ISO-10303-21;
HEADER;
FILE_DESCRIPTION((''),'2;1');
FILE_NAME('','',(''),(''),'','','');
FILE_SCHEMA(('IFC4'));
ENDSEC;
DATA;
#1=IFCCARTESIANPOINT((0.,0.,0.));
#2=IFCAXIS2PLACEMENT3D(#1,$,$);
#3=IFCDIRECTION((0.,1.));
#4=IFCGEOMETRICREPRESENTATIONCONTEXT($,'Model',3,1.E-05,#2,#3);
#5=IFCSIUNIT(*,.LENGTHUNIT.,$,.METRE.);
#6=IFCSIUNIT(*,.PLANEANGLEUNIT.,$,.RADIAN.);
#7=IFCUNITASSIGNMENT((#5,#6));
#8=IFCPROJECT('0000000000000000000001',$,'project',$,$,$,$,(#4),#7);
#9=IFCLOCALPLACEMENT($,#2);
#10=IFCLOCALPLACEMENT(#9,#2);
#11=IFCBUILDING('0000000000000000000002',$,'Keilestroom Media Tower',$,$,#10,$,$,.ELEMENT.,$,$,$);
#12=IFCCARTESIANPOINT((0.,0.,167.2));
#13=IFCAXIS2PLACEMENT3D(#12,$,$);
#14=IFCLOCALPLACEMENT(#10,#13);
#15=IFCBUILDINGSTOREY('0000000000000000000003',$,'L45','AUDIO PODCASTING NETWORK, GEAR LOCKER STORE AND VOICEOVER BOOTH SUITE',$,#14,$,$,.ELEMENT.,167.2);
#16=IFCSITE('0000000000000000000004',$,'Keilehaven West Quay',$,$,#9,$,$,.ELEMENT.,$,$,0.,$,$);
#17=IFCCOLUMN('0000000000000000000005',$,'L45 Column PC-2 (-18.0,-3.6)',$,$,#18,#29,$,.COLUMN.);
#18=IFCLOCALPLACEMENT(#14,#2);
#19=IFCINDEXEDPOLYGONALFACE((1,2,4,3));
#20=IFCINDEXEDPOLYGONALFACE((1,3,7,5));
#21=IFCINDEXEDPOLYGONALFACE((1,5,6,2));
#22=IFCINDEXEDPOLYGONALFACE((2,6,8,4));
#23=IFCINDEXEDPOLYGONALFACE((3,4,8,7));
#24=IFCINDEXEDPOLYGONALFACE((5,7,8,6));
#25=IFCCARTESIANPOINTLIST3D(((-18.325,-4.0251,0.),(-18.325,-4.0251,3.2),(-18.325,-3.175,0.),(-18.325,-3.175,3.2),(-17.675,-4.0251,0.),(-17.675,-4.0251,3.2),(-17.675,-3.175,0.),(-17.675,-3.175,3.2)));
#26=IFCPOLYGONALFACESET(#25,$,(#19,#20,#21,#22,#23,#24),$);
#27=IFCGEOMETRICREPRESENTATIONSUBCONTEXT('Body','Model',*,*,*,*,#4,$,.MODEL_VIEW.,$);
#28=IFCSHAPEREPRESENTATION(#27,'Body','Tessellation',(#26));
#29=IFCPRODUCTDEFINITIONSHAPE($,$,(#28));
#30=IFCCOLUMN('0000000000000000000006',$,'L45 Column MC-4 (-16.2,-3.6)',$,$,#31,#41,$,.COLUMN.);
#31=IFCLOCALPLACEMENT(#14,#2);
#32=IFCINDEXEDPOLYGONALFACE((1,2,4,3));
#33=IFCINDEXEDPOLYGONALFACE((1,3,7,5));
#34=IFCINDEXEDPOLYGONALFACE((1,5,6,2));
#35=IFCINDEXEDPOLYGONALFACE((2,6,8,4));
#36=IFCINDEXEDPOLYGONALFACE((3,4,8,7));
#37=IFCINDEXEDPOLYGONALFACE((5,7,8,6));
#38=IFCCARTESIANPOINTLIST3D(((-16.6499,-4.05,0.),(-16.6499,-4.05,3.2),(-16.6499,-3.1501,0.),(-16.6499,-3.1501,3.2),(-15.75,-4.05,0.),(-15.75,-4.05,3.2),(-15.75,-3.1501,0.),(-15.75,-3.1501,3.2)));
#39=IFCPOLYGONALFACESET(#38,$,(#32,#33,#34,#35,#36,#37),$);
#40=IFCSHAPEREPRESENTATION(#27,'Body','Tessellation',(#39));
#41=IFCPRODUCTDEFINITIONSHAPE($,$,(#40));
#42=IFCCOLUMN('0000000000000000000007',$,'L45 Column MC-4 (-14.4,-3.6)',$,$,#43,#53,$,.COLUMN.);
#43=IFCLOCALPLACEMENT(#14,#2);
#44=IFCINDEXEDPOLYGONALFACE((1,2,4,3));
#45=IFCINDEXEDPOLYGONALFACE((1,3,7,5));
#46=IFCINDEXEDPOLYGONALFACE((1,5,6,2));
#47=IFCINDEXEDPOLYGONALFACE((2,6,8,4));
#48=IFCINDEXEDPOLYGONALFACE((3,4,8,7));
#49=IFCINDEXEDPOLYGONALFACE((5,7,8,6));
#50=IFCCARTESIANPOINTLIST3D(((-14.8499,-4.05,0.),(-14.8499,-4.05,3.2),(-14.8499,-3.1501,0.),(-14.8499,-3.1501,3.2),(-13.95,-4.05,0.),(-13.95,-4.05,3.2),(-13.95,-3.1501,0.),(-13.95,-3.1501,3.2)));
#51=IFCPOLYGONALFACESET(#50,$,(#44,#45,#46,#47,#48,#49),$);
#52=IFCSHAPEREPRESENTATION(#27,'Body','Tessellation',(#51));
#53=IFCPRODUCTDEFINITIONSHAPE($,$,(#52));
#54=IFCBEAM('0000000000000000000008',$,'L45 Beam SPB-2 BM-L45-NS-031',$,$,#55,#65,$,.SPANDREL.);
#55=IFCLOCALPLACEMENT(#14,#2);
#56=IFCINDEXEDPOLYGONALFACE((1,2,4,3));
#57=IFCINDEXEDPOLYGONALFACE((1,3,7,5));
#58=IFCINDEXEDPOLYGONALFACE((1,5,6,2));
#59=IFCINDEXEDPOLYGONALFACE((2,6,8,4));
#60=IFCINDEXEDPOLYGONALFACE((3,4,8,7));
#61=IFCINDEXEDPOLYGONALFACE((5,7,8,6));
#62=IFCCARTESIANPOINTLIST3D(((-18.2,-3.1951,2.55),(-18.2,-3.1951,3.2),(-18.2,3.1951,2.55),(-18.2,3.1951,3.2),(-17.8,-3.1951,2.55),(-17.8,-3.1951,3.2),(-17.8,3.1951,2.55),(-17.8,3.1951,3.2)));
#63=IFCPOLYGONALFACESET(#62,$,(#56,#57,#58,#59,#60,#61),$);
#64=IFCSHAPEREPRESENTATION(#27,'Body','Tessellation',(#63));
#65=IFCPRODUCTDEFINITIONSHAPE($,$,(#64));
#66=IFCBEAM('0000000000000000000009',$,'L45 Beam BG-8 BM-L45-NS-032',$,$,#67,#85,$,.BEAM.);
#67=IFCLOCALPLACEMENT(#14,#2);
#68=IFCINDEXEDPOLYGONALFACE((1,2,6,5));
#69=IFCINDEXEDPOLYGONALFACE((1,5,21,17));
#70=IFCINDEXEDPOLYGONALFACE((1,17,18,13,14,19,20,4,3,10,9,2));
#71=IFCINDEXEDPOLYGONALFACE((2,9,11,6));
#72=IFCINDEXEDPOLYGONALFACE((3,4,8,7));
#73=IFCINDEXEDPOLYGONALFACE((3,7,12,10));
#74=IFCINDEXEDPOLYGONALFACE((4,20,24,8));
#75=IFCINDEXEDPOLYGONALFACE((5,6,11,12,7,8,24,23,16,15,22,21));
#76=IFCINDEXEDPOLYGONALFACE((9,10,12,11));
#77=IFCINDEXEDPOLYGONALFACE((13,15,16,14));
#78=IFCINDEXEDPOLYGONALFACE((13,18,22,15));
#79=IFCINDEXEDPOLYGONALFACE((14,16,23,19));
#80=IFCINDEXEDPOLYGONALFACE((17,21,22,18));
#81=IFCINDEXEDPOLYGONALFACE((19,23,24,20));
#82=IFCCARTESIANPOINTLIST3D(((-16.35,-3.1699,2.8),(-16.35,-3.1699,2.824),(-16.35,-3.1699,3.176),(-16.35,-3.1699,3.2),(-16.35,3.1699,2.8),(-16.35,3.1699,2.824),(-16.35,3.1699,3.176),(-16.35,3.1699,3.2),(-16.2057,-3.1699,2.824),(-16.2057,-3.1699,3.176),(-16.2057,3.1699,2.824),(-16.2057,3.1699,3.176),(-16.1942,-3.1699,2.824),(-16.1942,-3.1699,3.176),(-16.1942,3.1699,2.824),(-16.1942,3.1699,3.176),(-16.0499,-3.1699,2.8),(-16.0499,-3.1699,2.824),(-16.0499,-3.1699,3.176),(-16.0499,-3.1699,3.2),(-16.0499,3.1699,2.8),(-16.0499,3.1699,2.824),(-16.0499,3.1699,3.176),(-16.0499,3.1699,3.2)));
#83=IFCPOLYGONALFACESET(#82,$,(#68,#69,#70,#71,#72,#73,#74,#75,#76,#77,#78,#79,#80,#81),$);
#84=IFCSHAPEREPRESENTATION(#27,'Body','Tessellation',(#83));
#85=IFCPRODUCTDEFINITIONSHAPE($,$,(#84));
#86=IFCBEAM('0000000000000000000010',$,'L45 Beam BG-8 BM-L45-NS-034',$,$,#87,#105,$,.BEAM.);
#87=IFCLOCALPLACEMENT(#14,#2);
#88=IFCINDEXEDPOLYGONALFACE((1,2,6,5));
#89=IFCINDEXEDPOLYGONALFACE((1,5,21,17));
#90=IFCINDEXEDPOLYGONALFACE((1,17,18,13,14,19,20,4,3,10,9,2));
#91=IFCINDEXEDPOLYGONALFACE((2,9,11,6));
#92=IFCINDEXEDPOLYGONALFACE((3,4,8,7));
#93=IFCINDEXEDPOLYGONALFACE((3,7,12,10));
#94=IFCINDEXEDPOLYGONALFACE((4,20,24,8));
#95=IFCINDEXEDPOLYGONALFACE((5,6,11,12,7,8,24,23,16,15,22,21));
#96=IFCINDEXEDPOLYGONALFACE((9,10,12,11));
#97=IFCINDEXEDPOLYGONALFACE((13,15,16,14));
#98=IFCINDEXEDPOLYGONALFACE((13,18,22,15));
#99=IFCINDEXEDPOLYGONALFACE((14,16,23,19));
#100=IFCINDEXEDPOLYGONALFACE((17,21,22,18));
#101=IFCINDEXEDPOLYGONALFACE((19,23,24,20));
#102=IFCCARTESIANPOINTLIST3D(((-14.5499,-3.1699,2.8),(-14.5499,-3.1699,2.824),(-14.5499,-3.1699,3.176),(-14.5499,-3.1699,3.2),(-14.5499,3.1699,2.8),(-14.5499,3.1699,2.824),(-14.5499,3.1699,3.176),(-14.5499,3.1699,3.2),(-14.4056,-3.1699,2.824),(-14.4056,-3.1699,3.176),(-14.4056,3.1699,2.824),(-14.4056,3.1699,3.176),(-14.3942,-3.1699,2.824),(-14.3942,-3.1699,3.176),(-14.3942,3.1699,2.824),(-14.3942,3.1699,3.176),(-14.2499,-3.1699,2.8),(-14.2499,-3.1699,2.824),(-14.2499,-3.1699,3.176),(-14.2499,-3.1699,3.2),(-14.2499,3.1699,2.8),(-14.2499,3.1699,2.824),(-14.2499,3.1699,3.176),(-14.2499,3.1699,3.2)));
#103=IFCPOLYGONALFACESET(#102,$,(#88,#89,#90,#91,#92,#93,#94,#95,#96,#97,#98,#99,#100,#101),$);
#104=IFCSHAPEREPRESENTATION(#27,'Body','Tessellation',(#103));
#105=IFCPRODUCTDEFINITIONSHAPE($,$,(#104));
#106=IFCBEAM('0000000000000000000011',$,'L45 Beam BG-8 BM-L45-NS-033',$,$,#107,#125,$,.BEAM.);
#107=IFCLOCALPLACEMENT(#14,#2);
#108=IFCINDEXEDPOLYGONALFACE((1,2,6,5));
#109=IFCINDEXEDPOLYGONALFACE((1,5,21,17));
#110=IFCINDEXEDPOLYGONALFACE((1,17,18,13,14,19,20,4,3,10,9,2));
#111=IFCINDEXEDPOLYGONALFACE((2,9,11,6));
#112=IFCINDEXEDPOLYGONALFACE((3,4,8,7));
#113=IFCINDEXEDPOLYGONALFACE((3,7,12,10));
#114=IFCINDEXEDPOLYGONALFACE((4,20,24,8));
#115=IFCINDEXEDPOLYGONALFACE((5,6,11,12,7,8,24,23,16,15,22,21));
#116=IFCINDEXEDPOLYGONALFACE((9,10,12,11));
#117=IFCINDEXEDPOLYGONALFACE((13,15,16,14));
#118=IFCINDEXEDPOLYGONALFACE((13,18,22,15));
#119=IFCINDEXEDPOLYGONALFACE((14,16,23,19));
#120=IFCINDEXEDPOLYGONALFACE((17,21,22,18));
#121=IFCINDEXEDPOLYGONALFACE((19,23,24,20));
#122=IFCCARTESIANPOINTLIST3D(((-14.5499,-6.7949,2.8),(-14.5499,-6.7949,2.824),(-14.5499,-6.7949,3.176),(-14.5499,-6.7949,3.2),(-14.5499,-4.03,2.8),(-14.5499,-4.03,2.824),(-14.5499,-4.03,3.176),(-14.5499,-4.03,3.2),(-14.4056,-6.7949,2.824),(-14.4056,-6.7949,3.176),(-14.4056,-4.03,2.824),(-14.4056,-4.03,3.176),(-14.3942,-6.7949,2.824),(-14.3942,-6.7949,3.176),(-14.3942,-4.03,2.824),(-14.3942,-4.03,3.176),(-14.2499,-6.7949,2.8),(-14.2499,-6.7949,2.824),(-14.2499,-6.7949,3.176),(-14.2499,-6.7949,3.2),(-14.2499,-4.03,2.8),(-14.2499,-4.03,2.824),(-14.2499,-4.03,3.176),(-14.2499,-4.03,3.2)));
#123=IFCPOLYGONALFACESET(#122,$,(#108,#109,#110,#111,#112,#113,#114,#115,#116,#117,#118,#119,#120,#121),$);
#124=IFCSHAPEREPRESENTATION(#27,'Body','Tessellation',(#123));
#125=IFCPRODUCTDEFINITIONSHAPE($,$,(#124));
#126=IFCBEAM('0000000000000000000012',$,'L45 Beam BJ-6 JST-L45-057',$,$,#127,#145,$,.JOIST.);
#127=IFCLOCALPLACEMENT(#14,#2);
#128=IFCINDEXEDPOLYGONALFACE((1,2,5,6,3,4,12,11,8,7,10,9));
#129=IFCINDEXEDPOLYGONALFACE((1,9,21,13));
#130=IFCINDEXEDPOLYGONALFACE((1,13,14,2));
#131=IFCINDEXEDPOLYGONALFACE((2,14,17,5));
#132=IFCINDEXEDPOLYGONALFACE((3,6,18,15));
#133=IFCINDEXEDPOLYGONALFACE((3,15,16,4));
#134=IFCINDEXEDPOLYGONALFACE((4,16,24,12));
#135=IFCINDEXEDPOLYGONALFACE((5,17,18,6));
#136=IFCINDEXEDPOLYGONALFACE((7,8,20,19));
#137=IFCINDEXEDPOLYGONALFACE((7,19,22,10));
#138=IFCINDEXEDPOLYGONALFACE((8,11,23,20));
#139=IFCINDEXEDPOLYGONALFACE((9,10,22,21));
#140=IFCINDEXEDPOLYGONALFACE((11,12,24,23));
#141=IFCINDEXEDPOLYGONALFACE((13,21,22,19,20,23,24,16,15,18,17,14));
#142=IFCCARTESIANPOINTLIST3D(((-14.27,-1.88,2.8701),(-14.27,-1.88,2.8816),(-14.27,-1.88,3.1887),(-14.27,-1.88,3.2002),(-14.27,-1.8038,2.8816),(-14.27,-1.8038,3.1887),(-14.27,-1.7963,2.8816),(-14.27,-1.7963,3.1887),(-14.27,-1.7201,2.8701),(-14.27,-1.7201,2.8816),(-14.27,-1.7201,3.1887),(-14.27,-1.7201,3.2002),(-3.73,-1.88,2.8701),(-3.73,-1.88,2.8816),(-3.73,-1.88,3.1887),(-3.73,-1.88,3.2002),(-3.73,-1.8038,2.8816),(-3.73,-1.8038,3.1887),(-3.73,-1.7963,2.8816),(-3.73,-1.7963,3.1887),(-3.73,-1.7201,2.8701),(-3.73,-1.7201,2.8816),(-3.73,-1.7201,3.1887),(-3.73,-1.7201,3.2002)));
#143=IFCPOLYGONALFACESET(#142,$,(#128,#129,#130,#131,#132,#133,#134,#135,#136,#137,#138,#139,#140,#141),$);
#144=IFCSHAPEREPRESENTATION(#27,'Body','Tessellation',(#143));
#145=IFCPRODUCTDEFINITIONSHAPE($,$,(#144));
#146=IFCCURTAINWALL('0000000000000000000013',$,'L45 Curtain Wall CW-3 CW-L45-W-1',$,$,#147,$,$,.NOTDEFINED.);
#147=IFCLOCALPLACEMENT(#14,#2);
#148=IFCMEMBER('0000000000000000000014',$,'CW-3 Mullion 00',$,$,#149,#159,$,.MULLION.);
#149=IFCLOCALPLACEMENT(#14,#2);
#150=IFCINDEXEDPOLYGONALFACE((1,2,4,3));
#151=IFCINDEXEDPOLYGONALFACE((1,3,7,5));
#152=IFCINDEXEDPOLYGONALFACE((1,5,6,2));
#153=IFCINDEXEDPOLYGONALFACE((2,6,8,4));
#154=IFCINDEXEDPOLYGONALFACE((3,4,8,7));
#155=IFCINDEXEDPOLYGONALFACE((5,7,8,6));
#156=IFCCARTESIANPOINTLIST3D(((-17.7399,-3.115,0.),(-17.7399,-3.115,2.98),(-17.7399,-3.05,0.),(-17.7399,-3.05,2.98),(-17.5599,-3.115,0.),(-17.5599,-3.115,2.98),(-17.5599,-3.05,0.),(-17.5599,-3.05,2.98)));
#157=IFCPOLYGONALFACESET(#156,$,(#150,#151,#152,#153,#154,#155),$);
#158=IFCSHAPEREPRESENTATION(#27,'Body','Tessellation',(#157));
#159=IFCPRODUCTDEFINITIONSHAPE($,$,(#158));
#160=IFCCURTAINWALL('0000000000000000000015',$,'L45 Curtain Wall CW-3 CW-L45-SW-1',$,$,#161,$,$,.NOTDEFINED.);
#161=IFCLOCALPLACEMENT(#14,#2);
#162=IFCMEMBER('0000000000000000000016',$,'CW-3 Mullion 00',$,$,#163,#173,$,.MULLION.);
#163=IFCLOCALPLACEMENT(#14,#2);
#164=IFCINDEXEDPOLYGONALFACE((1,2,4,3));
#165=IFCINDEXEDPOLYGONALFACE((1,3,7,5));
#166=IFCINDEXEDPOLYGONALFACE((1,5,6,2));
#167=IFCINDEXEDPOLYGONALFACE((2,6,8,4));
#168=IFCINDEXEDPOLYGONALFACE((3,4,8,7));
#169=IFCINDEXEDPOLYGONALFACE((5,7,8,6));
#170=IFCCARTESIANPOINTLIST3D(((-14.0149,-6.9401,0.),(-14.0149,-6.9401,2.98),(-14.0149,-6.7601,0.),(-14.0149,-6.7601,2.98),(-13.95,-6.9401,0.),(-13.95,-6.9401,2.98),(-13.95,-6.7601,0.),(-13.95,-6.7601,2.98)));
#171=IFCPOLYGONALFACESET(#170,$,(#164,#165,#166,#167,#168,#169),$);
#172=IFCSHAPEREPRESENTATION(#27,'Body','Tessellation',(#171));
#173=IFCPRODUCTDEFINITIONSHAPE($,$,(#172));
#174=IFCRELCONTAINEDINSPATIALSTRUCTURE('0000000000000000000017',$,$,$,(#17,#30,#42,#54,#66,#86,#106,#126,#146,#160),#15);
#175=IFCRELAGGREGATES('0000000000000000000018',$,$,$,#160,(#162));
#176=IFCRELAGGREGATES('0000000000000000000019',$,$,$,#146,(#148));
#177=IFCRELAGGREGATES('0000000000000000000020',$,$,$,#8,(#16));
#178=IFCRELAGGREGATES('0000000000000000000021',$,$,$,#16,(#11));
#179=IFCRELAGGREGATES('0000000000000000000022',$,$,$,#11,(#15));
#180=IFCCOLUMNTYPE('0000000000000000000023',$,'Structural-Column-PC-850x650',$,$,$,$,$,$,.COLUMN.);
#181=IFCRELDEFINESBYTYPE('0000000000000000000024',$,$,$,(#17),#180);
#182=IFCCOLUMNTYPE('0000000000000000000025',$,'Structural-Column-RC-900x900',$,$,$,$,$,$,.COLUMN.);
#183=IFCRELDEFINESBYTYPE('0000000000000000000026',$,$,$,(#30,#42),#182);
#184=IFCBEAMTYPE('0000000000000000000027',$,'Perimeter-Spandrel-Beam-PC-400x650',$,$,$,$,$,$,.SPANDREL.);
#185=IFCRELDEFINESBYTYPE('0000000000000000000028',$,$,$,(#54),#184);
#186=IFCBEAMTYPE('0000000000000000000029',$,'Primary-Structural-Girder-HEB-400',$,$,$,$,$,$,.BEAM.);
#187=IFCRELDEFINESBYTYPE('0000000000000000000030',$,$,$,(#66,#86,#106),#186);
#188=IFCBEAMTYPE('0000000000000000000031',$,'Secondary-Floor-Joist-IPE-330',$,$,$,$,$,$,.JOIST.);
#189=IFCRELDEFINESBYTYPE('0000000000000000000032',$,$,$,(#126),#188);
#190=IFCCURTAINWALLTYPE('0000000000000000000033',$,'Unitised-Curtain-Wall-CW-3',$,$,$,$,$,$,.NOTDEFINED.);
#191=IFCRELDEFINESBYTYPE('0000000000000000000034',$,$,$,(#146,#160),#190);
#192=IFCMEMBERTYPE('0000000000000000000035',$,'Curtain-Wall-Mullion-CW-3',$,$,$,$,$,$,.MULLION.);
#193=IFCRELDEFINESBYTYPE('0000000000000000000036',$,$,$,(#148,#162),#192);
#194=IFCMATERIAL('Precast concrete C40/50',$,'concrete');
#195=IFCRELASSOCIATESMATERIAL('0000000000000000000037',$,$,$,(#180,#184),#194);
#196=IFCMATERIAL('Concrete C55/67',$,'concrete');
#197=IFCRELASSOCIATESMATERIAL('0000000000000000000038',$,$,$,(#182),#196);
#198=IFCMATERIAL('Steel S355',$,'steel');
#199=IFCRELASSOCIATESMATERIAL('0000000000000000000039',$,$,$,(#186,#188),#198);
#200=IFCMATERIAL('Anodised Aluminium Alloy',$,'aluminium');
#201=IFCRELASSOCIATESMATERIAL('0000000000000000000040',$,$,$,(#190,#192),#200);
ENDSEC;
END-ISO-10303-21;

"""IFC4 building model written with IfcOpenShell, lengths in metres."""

from ifc_helpers import new_model, si_unit, direction, frame, origin, origin_2d, place, context, subcontext, project, spatial, rectangle, i_section, extrude, source, transform, mapped, material, material_profile, profile_set, type_object, element, aggregate, save


model = new_model("IFC4")

# Units and contexts
model_context = context("Model", 3, precision=1e-05, world=origin(), true_north=direction((0.0, 1.0)))
body_context = subcontext(model_context, "Body", "Model", "MODEL_VIEW")
ifc_project = project(units=[si_unit("LENGTHUNIT", "METRE"), si_unit("PLANEANGLEUNIT", "RADIAN")], contexts=[model_context])

# Site, building, storey
site_placement = place(None, origin())
site = spatial("IfcSite", under=ifc_project, at=site_placement, Name="Keilehaven West Quay", CompositionType="ELEMENT", RefElevation=0.0)
building_placement = place(site_placement, origin())
building = spatial("IfcBuilding", under=site, at=building_placement, Name="Keilestroom Media Tower", CompositionType="ELEMENT")
storey_placement = place(building_placement, frame((0.0, 0.0, 167.2)))
storey = spatial("IfcBuildingStorey", under=building, at=storey_placement, Name="L45", Description="AUDIO PODCASTING NETWORK, GEAR LOCKER STORE AND VOICEOVER BOOTH SUITE", CompositionType="ELEMENT", Elevation=167.2)

# Columns
ifc_material_1 = material(Name="Precast concrete C40/50", Category="concrete")
ifc_material_profile_1 = material_profile(ifc_material_1, rectangle(XDim=0.6499, YDim=0.8501, at=origin_2d()), Name="PC 850x650")
ifc_profile_set_1 = profile_set([ifc_material_profile_1], Name="Precast concrete C40/50")
column_type_1 = type_object("IfcColumnType", Name="Structural-Column-PC-850x650", PredefinedType="COLUMN", material=ifc_profile_set_1)
shared_shape_1 = source(origin(), body_context, "Body", "SweptSolid", [
    extrude(rectangle(XDim=0.6499, YDim=0.8501, at=origin_2d()), origin(), (0.0, 0.0, 1.0), 3.2),
])
column_placement = place(storey_placement, frame((-18.0, -3.6001, 0.0), z_axis=(0.0, 0.0, 1.0), x_axis=(1.0, 0.0, 0.0)))
element("IfcColumn", 1, at=column_placement, inside=storey, type_object=column_type_1, Name="L45 Column PC-2 (-18.0,-3.6)", PredefinedType="COLUMN", context=body_context, shape_type="MappedRepresentation", body=[
    mapped(shared_shape_1, transform((0.0, 0.0, 0.0), x_axis=(1.0, 0.0, 0.0), y_axis=(0.0, 1.0, 0.0), z_axis=(0.0, 0.0, 1.0), scale=1.0)),
])
ifc_material_2 = material(Name="Concrete C55/67", Category="concrete")
ifc_material_profile_2 = material_profile(ifc_material_2, rectangle(XDim=0.8999, YDim=0.8999, at=origin_2d()), Name="RC 900x900")
ifc_profile_set_2 = profile_set([ifc_material_profile_2], Name="Concrete C55/67")
column_type_2 = type_object("IfcColumnType", Name="Structural-Column-RC-900x900", PredefinedType="COLUMN", material=ifc_profile_set_2)
shared_shape_2 = source(origin(), body_context, "Body", "SweptSolid", [
    extrude(rectangle(XDim=0.8999, YDim=0.8999, at=origin_2d()), origin(), (0.0, 0.0, 1.0), 3.2),
])
for number, where, z_axis, x_axis, name in (
    (2, (-16.2, -3.6001, 0.0), (0.0, 0.0, 1.0), (1.0, 0.0, 0.0), "L45 Column MC-4 (-16.2,-3.6)"),
    (3, (-14.3999, -3.6001, 0.0), (0.0, 0.0, 1.0), (1.0, 0.0, 0.0), "L45 Column MC-4 (-14.4,-3.6)"),
):
    element("IfcColumn", number, at=place(storey_placement, frame(where, z_axis=z_axis, x_axis=x_axis)), inside=storey, type_object=column_type_2, Name=name, PredefinedType="COLUMN", context=body_context, shape_type="MappedRepresentation", body=[
        mapped(shared_shape_2, transform((0.0, 0.0, 0.0), x_axis=(1.0, 0.0, 0.0), y_axis=(0.0, 1.0, 0.0), z_axis=(0.0, 0.0, 1.0), scale=1.0)),
    ])

# Beams
ifc_material_profile_3 = material_profile(ifc_material_1, rectangle(XDim=0.3999, YDim=0.6499, at=origin_2d()), Name="PC 400x650")
ifc_profile_set_3 = profile_set([ifc_material_profile_3], Name="Precast concrete C40/50")
beam_type_1 = type_object("IfcBeamType", Name="Perimeter-Spandrel-Beam-PC-400x650", PredefinedType="SPANDREL", material=ifc_profile_set_3)
shared_shape_3 = source(origin(), body_context, "Body", "SweptSolid", [
    extrude(rectangle(XDim=0.3999, YDim=0.6499, at=origin_2d()), origin(), (0.0, 0.0, 1.0), 6.3901),
])
beam_1_placement = place(storey_placement, frame((-18.0, -3.1951, 2.875), z_axis=(0.0, 1.0, 0.0), x_axis=(-1.0, 0.0, 0.0)))
element("IfcBeam", 4, at=beam_1_placement, inside=storey, type_object=beam_type_1, Name="L45 Beam SPB-2 BM-L45-NS-031", PredefinedType="SPANDREL", context=body_context, shape_type="MappedRepresentation", body=[
    mapped(shared_shape_3, transform((0.0, 0.0, 0.0), x_axis=(1.0, 0.0, 0.0), y_axis=(0.0, 1.0, 0.0), z_axis=(0.0, 0.0, 1.0), scale=1.0)),
])
ifc_material_3 = material(Name="Steel S355", Category="steel")
ifc_material_profile_4 = material_profile(ifc_material_3, i_section(OverallWidth=0.3, OverallDepth=0.3999, WebThickness=0.0115, FlangeThickness=0.0239, at=origin_2d()), Name="HEB 400")
ifc_profile_set_4 = profile_set([ifc_material_profile_4], Name="Steel S355")
beam_type_2 = type_object("IfcBeamType", Name="Primary-Structural-Girder-HEB-400", PredefinedType="BEAM", material=ifc_profile_set_4)
shared_shape_4 = source(origin(), body_context, "Body", "SweptSolid", [
    extrude(i_section(OverallWidth=0.3, OverallDepth=0.3999, WebThickness=0.0115, FlangeThickness=0.0239, at=origin_2d()), origin(), (0.0, 0.0, 1.0), 6.3398),
])
for number, where, z_axis, x_axis, name in (
    (5, (-16.2, -3.1699, 3.0), (0.0, 1.0, 0.0), (-1.0, 0.0, 0.0), "L45 Beam BG-8 BM-L45-NS-032"),
    (6, (-14.3999, -3.1699, 3.0), (0.0, 1.0, 0.0), (-1.0, 0.0, 0.0), "L45 Beam BG-8 BM-L45-NS-034"),
):
    element("IfcBeam", number, at=place(storey_placement, frame(where, z_axis=z_axis, x_axis=x_axis)), inside=storey, type_object=beam_type_2, Name=name, PredefinedType="BEAM", context=body_context, shape_type="MappedRepresentation", body=[
        mapped(shared_shape_4, transform((0.0, 0.0, 0.0), x_axis=(1.0, 0.0, 0.0), y_axis=(0.0, 1.0, 0.0), z_axis=(0.0, 0.0, 1.0), scale=1.0)),
    ])
shared_shape_5 = source(origin(), body_context, "Body", "SweptSolid", [
    extrude(i_section(OverallWidth=0.3, OverallDepth=0.3999, WebThickness=0.0115, FlangeThickness=0.0239, at=origin_2d()), origin(), (0.0, 0.0, 1.0), 2.7649),
])
beam_2_placement = place(storey_placement, frame((-14.3999, -6.7949, 3.0), z_axis=(0.0, 1.0, 0.0), x_axis=(-1.0, 0.0, 0.0)))
element("IfcBeam", 7, at=beam_2_placement, inside=storey, type_object=beam_type_2, Name="L45 Beam BG-8 BM-L45-NS-033", PredefinedType="BEAM", context=body_context, shape_type="MappedRepresentation", body=[
    mapped(shared_shape_5, transform((0.0, 0.0, 0.0), x_axis=(1.0, 0.0, 0.0), y_axis=(0.0, 1.0, 0.0), z_axis=(0.0, 0.0, 1.0), scale=1.0)),
])
ifc_material_profile_5 = material_profile(ifc_material_3, i_section(OverallWidth=0.1599, OverallDepth=0.3301, WebThickness=0.0076, FlangeThickness=0.0115, at=origin_2d()), Name="IPE 330")
ifc_profile_set_5 = profile_set([ifc_material_profile_5], Name="Steel S355")
beam_type_3 = type_object("IfcBeamType", Name="Secondary-Floor-Joist-IPE-330", PredefinedType="JOIST", material=ifc_profile_set_5)
shared_shape_6 = source(origin(), body_context, "Body", "SweptSolid", [
    extrude(i_section(OverallWidth=0.1599, OverallDepth=0.3301, WebThickness=0.0076, FlangeThickness=0.0115, at=origin_2d()), origin(), (0.0, 0.0, 1.0), 10.54),
])
beam_3_placement = place(storey_placement, frame((-14.27, -1.8, 3.0352), z_axis=(1.0, 0.0, 0.0), x_axis=(0.0, 1.0, 0.0)))
element("IfcBeam", 8, at=beam_3_placement, inside=storey, type_object=beam_type_3, Name="L45 Beam BJ-6 JST-L45-057", PredefinedType="JOIST", context=body_context, shape_type="MappedRepresentation", body=[
    mapped(shared_shape_6, transform((0.0, 0.0, 0.0), x_axis=(1.0, 0.0, 0.0), y_axis=(0.0, 1.0, 0.0), z_axis=(0.0, 0.0, 1.0), scale=1.0)),
])

# Curtain walls, members
ifc_material_4 = material(Name="Anodised Aluminium Alloy", Category="aluminium")
curtain_wall_type = type_object("IfcCurtainWallType", Name="Unitised-Curtain-Wall-CW-3", PredefinedType="NOTDEFINED", material=ifc_material_4)
curtain_wall_1_placement = place(storey_placement, origin())
curtain_wall_1 = element("IfcCurtainWall", 9, at=curtain_wall_1_placement, inside=storey, type_object=curtain_wall_type, Name="L45 Curtain Wall CW-3 CW-L45-W-1", PredefinedType="NOTDEFINED")
ifc_material_profile_6 = material_profile(ifc_material_4, rectangle(XDim=0.0649, YDim=0.1799, at=origin_2d()), Name="ALU MULLION 65x180")
ifc_profile_set_6 = profile_set([ifc_material_profile_6], Name="Anodised Aluminium Alloy")
member_type_1 = type_object("IfcMemberType", Name="Curtain-Wall-Mullion-CW-3", PredefinedType="MULLION", material=ifc_profile_set_6)
shared_shape_7 = source(origin(), body_context, "Body", "SweptSolid", [
    extrude(rectangle(XDim=0.0649, YDim=0.1799, at=origin_2d()), origin(), (0.0, 0.0, 1.0), 2.98),
])
member_1_placement = place(storey_placement, frame((-17.6499, -3.0825, 0.0), z_axis=(0.0, 0.0, 1.0), x_axis=(0.0, 1.0, 0.0)))
member_1 = element("IfcMember", 10, at=member_1_placement, type_object=member_type_1, Name="CW-3 Mullion 00", PredefinedType="MULLION", context=body_context, shape_type="MappedRepresentation", body=[
    mapped(shared_shape_7, transform((0.0, 0.0, 0.0), x_axis=(1.0, 0.0, 0.0), y_axis=(0.0, 1.0, 0.0), z_axis=(0.0, 0.0, 1.0), scale=1.0)),
])
curtain_wall_2_placement = place(storey_placement, origin())
curtain_wall_2 = element("IfcCurtainWall", 11, at=curtain_wall_2_placement, inside=storey, type_object=curtain_wall_type, Name="L45 Curtain Wall CW-3 CW-L45-SW-1", PredefinedType="NOTDEFINED")
member_2_placement = place(storey_placement, frame((-13.9824, -6.8501, 0.0), z_axis=(0.0, 0.0, 1.0), x_axis=(1.0, 0.0, 0.0)))
member_2 = element("IfcMember", 12, at=member_2_placement, type_object=member_type_1, Name="CW-3 Mullion 00", PredefinedType="MULLION", context=body_context, shape_type="MappedRepresentation", body=[
    mapped(shared_shape_7, transform((0.0, 0.0, 0.0), x_axis=(1.0, 0.0, 0.0), y_axis=(0.0, 1.0, 0.0), z_axis=(0.0, 0.0, 1.0), scale=1.0)),
])
aggregate(curtain_wall_2, [member_2])

aggregate(curtain_wall_1, [member_1])

save(model, "model.ifc")
